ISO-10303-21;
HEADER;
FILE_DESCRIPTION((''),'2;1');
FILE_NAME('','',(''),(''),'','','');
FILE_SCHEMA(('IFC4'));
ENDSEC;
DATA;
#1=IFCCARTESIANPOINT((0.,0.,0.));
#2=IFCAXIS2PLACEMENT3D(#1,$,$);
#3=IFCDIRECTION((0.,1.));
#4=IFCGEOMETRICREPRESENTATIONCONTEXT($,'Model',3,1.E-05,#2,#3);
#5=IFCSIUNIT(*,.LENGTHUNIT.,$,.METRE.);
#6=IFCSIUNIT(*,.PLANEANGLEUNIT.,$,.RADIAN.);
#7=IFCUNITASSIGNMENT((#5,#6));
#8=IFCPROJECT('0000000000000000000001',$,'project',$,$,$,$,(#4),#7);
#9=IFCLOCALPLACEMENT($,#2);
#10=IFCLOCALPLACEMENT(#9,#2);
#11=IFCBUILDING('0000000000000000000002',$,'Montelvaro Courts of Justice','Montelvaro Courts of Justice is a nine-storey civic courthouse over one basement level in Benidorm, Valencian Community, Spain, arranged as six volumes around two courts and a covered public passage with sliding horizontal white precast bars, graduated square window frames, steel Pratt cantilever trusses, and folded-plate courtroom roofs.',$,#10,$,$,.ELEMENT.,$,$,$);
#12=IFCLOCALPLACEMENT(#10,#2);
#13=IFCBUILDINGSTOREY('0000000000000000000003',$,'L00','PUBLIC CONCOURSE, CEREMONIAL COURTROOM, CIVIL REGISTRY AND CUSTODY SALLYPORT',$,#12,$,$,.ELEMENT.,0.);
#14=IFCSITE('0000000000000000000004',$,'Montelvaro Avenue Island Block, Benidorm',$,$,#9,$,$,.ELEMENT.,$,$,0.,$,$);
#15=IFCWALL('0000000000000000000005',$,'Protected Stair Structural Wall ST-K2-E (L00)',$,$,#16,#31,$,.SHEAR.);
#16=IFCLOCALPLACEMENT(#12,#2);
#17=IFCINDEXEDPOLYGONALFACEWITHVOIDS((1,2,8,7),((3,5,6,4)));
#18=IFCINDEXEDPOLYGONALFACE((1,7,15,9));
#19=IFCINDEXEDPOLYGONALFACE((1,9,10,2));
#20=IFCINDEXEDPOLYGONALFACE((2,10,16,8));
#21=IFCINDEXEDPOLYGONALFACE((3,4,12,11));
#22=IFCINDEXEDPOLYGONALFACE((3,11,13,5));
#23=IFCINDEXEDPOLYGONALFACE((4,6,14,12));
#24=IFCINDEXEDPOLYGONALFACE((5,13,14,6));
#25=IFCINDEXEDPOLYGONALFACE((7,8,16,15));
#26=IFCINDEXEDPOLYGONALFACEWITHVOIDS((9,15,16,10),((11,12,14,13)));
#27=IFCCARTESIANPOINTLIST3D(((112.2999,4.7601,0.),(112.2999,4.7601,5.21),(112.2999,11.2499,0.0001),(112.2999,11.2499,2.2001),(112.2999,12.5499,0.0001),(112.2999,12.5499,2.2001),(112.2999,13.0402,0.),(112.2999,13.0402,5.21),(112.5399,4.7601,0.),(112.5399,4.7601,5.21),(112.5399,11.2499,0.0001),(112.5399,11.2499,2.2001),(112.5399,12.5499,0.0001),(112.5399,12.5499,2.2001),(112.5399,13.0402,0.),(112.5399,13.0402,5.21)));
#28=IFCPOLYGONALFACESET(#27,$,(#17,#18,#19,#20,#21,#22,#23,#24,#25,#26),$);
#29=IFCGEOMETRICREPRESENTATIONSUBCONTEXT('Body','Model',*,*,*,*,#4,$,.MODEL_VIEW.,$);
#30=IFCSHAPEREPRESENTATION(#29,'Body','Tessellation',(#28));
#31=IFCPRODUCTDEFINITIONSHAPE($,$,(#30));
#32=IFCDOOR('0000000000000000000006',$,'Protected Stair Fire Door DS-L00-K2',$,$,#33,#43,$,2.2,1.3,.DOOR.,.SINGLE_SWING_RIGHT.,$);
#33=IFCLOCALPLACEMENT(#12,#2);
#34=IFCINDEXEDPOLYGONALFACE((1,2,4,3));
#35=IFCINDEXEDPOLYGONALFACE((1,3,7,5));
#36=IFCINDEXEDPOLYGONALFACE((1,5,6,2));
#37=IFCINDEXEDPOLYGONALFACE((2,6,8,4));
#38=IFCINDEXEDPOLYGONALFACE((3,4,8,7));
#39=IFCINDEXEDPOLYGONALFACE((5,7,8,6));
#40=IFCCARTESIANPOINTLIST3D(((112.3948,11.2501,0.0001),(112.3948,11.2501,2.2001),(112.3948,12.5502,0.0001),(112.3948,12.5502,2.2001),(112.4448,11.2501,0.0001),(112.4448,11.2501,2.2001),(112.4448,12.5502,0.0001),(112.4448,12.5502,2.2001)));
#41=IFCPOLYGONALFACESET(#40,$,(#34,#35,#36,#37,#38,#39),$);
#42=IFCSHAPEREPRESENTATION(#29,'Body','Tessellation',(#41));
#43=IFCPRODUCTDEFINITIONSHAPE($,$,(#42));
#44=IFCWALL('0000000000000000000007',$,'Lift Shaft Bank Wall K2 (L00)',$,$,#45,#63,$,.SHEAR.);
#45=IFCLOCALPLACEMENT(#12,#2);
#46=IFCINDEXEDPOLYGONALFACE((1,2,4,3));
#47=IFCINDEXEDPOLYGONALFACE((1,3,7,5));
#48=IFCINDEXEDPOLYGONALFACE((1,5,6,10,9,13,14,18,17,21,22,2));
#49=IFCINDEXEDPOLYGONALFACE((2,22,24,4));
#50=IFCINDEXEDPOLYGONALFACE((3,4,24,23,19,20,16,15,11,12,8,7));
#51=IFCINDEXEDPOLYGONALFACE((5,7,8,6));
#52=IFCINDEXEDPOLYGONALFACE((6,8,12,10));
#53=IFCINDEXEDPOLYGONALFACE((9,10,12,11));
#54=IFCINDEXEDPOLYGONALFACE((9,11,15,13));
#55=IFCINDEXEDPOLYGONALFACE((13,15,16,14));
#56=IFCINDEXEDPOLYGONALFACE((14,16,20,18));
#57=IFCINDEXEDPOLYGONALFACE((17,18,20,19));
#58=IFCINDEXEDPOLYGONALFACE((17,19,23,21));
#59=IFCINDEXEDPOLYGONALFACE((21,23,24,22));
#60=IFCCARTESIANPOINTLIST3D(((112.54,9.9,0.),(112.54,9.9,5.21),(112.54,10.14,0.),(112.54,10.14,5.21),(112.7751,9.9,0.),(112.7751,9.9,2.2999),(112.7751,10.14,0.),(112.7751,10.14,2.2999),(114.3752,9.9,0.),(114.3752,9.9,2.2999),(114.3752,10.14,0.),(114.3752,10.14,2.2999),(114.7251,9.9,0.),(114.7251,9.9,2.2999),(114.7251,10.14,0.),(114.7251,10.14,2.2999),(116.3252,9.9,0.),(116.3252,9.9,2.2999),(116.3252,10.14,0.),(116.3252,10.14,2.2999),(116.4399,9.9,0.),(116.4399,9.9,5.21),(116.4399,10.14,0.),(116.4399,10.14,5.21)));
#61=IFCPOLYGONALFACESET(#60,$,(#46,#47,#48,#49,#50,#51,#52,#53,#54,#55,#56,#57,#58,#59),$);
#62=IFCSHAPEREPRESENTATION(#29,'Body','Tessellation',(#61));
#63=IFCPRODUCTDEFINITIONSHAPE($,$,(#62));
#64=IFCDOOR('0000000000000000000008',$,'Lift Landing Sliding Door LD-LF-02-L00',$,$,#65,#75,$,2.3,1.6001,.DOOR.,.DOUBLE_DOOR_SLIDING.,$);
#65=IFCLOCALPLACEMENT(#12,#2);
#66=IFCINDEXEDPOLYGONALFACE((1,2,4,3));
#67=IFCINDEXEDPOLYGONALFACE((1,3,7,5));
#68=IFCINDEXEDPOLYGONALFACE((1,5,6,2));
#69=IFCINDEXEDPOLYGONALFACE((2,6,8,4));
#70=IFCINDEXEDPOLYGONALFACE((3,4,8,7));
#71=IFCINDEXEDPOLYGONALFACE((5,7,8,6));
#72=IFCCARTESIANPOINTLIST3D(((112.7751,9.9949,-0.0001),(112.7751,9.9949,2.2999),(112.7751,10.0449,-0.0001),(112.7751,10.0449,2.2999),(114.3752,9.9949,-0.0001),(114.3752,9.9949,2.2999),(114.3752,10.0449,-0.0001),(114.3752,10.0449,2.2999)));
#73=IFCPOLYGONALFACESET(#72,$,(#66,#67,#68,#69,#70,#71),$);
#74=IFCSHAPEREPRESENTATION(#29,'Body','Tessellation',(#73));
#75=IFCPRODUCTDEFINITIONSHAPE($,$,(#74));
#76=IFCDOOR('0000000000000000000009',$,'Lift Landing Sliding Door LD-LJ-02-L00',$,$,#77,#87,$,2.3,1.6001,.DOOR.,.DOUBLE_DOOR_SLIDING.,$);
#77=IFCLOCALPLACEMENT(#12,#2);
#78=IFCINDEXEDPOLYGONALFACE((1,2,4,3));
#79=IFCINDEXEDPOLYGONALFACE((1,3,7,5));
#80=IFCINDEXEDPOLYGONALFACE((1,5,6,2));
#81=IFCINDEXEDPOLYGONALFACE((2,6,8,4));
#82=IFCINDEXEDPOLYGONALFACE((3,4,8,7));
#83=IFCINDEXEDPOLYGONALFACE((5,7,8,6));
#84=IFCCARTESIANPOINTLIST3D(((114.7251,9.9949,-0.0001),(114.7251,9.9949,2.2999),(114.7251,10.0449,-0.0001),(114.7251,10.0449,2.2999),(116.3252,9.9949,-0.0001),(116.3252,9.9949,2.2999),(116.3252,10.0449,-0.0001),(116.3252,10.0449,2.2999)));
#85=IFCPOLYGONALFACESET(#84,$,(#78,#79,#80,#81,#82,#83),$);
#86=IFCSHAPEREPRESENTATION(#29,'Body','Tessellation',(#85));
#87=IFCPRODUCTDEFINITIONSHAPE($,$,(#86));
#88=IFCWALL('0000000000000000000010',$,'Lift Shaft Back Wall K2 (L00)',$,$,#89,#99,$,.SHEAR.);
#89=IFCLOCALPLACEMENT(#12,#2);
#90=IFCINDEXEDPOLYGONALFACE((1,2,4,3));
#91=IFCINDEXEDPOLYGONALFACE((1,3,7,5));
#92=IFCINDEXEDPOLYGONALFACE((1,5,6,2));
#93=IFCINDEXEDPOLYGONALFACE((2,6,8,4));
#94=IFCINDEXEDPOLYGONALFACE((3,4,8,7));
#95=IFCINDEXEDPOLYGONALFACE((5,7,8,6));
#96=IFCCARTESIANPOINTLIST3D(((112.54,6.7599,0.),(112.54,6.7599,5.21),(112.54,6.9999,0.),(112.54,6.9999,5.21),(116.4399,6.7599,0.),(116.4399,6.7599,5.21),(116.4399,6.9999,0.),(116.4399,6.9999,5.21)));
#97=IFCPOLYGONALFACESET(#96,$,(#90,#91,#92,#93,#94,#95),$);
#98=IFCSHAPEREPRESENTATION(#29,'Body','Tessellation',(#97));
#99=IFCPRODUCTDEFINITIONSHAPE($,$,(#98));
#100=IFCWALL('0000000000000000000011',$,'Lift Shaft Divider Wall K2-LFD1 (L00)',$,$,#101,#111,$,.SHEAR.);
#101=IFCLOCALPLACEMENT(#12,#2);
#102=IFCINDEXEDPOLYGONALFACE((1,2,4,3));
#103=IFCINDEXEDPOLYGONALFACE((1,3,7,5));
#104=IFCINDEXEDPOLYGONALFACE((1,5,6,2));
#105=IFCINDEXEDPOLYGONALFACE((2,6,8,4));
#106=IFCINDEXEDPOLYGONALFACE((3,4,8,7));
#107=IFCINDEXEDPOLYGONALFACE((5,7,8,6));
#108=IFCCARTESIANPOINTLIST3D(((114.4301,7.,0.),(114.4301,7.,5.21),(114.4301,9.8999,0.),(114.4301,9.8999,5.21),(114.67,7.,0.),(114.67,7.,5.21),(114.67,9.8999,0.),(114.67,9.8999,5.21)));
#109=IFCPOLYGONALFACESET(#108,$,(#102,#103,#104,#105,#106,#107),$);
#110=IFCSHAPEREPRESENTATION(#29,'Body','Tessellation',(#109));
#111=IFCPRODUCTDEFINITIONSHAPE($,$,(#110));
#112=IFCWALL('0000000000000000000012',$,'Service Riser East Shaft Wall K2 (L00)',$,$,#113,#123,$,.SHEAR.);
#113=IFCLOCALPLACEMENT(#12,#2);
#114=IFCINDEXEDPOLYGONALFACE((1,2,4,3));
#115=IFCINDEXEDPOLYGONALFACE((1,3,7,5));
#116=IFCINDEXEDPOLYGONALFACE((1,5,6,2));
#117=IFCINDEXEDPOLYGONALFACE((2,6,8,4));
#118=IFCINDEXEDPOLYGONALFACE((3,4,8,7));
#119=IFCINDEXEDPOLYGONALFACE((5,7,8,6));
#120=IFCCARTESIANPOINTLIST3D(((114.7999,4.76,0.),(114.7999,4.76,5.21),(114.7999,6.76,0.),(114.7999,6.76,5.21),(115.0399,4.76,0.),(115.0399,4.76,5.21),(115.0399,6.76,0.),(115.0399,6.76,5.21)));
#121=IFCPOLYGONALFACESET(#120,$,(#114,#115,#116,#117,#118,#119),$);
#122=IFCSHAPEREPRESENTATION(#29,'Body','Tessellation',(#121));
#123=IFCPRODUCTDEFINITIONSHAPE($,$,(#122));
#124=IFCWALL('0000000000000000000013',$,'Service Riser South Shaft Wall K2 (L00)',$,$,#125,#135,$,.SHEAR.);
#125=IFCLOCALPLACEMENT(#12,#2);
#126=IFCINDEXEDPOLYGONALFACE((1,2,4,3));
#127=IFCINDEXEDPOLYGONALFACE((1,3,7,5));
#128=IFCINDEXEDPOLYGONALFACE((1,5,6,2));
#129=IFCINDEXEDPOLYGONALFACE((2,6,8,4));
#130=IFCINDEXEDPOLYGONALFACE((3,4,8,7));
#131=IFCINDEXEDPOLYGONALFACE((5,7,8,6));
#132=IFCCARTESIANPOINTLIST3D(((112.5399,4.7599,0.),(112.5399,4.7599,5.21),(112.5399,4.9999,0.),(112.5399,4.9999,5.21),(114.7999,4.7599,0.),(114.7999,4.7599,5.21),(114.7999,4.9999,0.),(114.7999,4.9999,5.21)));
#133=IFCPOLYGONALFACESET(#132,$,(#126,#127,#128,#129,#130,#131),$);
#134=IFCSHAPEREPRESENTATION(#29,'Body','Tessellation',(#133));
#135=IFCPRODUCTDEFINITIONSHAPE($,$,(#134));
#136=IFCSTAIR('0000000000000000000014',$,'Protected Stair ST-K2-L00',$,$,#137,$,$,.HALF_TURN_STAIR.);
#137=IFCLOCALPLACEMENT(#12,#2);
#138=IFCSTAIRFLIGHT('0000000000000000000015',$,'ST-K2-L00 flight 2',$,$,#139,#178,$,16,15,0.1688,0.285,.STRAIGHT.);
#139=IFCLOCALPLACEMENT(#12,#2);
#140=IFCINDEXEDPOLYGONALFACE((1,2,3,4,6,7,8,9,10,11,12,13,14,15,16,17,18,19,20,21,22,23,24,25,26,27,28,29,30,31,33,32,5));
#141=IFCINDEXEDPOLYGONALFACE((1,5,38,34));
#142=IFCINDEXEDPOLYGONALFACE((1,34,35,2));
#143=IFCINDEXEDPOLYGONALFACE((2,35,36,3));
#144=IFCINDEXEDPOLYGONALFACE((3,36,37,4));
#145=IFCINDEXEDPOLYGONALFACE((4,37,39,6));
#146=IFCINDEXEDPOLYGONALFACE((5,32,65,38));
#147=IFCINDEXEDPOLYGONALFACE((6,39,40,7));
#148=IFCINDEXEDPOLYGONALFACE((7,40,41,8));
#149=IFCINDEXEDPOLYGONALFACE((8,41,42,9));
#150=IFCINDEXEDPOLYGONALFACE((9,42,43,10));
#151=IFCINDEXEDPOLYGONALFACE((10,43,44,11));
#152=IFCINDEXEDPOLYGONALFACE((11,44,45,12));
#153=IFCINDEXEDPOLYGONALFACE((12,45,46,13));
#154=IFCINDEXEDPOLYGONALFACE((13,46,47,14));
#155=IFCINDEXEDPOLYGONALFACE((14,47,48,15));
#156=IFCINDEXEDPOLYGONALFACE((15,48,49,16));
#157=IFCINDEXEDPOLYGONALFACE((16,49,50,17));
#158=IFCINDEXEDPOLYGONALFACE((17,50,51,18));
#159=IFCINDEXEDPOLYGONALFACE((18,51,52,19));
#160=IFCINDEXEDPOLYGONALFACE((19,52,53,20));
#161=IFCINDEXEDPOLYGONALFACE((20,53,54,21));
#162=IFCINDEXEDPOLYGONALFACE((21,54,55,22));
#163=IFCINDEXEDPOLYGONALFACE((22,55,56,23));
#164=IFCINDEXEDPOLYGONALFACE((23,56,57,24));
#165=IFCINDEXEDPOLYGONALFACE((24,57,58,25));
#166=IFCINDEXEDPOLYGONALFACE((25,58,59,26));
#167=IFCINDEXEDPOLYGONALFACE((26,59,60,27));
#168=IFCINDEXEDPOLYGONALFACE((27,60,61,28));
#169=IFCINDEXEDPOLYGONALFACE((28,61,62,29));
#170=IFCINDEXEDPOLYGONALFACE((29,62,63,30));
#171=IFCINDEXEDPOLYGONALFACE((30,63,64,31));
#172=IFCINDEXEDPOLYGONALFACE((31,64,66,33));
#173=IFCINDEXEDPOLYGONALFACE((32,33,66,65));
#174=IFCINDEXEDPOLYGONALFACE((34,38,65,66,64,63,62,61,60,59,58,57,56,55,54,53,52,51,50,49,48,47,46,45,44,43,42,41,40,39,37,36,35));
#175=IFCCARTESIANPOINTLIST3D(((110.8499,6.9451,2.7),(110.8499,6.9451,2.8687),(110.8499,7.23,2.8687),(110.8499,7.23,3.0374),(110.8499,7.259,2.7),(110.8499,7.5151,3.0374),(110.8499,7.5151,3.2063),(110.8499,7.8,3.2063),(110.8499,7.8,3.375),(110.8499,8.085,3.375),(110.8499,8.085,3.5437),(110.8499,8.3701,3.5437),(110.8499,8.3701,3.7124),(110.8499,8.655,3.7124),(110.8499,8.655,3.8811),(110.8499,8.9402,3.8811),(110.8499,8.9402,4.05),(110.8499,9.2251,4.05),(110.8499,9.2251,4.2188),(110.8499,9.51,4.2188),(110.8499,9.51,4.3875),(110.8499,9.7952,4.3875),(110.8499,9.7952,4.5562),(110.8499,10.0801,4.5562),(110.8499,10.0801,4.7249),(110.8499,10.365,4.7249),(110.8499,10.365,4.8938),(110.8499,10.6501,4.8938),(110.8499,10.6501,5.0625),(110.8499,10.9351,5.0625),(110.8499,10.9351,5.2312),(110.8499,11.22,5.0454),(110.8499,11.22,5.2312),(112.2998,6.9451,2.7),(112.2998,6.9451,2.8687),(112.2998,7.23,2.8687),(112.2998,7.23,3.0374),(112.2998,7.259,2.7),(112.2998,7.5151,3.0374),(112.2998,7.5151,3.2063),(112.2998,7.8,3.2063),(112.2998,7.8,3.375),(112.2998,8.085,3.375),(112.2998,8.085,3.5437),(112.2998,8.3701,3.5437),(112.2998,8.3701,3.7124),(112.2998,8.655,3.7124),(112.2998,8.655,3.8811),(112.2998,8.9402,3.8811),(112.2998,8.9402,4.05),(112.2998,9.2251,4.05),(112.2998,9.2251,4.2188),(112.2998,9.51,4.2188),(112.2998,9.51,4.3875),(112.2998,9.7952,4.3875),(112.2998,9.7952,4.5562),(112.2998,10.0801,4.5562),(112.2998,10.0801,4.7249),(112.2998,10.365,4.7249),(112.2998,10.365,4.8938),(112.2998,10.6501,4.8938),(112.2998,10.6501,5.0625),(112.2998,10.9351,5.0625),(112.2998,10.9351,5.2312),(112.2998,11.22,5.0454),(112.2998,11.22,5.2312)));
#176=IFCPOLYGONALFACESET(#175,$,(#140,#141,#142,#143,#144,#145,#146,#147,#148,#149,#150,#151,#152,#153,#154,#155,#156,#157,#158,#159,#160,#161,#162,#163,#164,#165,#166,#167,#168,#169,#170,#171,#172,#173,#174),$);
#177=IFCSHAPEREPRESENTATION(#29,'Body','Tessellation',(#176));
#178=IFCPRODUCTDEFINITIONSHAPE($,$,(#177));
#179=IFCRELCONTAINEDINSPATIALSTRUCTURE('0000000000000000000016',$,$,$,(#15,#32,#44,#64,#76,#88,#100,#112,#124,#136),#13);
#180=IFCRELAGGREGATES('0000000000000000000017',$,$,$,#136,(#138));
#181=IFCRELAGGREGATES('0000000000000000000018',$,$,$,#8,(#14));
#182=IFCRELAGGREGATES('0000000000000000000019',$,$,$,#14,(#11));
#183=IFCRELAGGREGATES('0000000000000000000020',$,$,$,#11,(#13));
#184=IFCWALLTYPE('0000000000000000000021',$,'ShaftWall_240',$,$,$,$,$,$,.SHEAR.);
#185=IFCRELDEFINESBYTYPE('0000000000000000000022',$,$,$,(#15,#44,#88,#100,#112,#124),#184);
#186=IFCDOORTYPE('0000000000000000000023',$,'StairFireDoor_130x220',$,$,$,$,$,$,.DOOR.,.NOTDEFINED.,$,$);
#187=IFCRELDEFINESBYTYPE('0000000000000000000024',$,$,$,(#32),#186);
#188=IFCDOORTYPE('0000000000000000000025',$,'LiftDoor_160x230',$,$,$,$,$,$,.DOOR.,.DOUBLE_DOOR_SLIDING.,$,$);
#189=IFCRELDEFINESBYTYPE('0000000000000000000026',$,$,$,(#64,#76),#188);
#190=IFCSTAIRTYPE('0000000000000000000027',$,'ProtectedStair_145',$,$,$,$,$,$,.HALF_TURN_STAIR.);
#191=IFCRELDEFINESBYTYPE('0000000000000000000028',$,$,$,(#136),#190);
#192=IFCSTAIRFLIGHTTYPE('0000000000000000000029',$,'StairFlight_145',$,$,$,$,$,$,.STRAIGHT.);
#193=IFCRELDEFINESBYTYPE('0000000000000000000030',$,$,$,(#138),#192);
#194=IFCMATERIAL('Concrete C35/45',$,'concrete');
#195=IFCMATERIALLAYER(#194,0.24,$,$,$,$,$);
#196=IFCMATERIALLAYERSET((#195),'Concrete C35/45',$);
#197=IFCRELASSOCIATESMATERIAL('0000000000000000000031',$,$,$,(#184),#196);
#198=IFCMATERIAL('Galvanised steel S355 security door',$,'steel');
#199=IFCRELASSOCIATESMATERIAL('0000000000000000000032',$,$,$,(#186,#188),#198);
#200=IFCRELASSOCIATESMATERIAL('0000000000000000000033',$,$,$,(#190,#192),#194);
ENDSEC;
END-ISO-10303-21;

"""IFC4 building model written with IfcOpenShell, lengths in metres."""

from ifc_helpers import new_model, si_unit, direction, frame, frame_2d, origin, place, context, subcontext, project, spatial, polyline, rectangle, outline, extrude, material, layer, layer_set, type_object, element, fill, aggregate, save


model = new_model("IFC4")

# Units and contexts
model_context = context("Model", 3, precision=1e-05, world=origin(), true_north=direction((0.0, 1.0)))
body_context = subcontext(model_context, "Body", "Model", "MODEL_VIEW")
ifc_project = project(units=[si_unit("LENGTHUNIT", "METRE"), si_unit("PLANEANGLEUNIT", "RADIAN")], contexts=[model_context])

# Site, building, storey
site_placement = place(None, origin())
site = spatial("IfcSite", under=ifc_project, at=site_placement, Name="Montelvaro Avenue Island Block, Benidorm", CompositionType="ELEMENT", RefElevation=0.0)
building_placement = place(site_placement, origin())
building = spatial("IfcBuilding", under=site, at=building_placement, Name="Montelvaro Courts of Justice", Description="Montelvaro Courts of Justice is a nine-storey civic courthouse over one basement level in Benidorm, Valencian Community, Spain, arranged as six volumes around two courts and a covered public passage with sliding horizontal white precast bars, graduated square window frames, steel Pratt cantilever trusses, and folded-plate courtroom roofs.", CompositionType="ELEMENT")
storey_placement = place(building_placement, origin())
storey = spatial("IfcBuildingStorey", under=building, at=storey_placement, Name="L00", Description="PUBLIC CONCOURSE, CEREMONIAL COURTROOM, CIVIL REGISTRY AND CUSTODY SALLYPORT", CompositionType="ELEMENT", Elevation=0.0)

# Wall, opening, door
ifc_material_1 = material(Name="Concrete C35/45", Category="concrete")
ifc_layer_1 = layer(ifc_material_1, 0.24)
ifc_layer_set_1 = layer_set([ifc_layer_1], Name="Concrete C35/45")
wall_type_1 = type_object("IfcWallType", Name="ShaftWall_240", PredefinedType="SHEAR", material=ifc_layer_set_1)
wall_1_placement = place(storey_placement, frame((112.4199, 4.76, 0.0), z_axis=(0.0, 0.0, 1.0), x_axis=(0.0, 1.0, 0.0)))
wall_1 = element("IfcWall", 1, at=wall_1_placement, inside=storey, type_object=wall_type_1, Name="Protected Stair Structural Wall ST-K2-E (L00)", PredefinedType="SHEAR", context=body_context, shape_type="SweptSolid", body=[
    extrude(rectangle(XDim=8.28, YDim=0.24, at=frame_2d((4.1401, 0.0))), origin(), (0.0, 0.0, 1.0), 5.21),
])
opening_1_placement = place(wall_1_placement, frame((6.49, 0.0, 0.0)))
opening_1 = element("IfcOpeningElement", 2, at=opening_1_placement, cuts=wall_1, PredefinedType="OPENING", context=body_context, shape_type="SweptSolid", body=[
    extrude(rectangle(XDim=1.3, YDim=2.2, at=frame_2d((0.6499, 1.1001))), frame((0.0, 0.1348, 0.0), z_axis=(0.0, -1.0, 0.0), x_axis=(1.0, 0.0, 0.0)), (0.0, 0.0, 1.0), 0.2698),
])
ifc_material_2 = material(Name="Galvanised steel S355 security door", Category="steel")
door_type_1 = type_object("IfcDoorType", Name="StairFireDoor_130x220", OperationType="NOTDEFINED", PredefinedType="DOOR", material=ifc_material_2)
door_1_placement = place(opening_1_placement, frame((1.3, 0.0, 0.0), z_axis=(0.0, 0.0, 1.0), x_axis=(-1.0, 0.0, 0.0)))
door_1 = element("IfcDoor", 3, at=door_1_placement, inside=storey, type_object=door_type_1, Name="Protected Stair Fire Door DS-L00-K2", OperationType="SINGLE_SWING_RIGHT", OverallHeight=2.2, OverallWidth=1.3, PredefinedType="DOOR", context=body_context, shape_type="SweptSolid", body=[
    extrude(rectangle(XDim=1.3, YDim=2.2, at=frame_2d((0.6499, 1.1001))), frame((0.0, 0.0249, 0.0), z_axis=(0.0, -1.0, 0.0), x_axis=(1.0, 0.0, 0.0)), (0.0, 0.0, 1.0), 0.05),
])
fill(opening_1, door_1)

# Wall, openings, doors
wall_2_placement = place(storey_placement, frame((112.54, 10.02, 0.0), z_axis=(0.0, 0.0, 1.0), x_axis=(1.0, 0.0, 0.0)))
wall_2 = element("IfcWall", 4, at=wall_2_placement, inside=storey, type_object=wall_type_1, Name="Lift Shaft Bank Wall K2 (L00)", PredefinedType="SHEAR", context=body_context, shape_type="SweptSolid", body=[
    extrude(rectangle(XDim=3.8999, YDim=0.24, at=frame_2d((1.95, 0.0))), origin(), (0.0, 0.0, 1.0), 5.21),
])
opening_2_placement = place(wall_2_placement, frame((0.2351, 0.0, 0.0)))
opening_2 = element("IfcOpeningElement", 5, at=opening_2_placement, cuts=wall_2, PredefinedType="OPENING", context=body_context, shape_type="SweptSolid", body=[
    extrude(rectangle(XDim=1.6001, YDim=2.3, at=frame_2d((0.8, 1.1499))), frame((0.0, 0.1348, 0.0), z_axis=(0.0, -1.0, 0.0), x_axis=(1.0, 0.0, 0.0)), (0.0, 0.0, 1.0), 0.2698),
])
opening_3_placement = place(wall_2_placement, frame((2.1851, 0.0, 0.0)))
opening_3 = element("IfcOpeningElement", 6, at=opening_3_placement, cuts=wall_2, PredefinedType="OPENING", context=body_context, shape_type="SweptSolid", body=[
    extrude(rectangle(XDim=1.6001, YDim=2.3, at=frame_2d((0.8, 1.1499))), frame((0.0, 0.1348, 0.0), z_axis=(0.0, -1.0, 0.0), x_axis=(1.0, 0.0, 0.0)), (0.0, 0.0, 1.0), 0.2698),
])
door_type_2 = type_object("IfcDoorType", Name="LiftDoor_160x230", OperationType="DOUBLE_DOOR_SLIDING", PredefinedType="DOOR", material=ifc_material_2)
door_2_placement = place(opening_2_placement, origin())
door_2 = element("IfcDoor", 7, at=door_2_placement, inside=storey, type_object=door_type_2, Name="Lift Landing Sliding Door LD-LF-02-L00", OperationType="DOUBLE_DOOR_SLIDING", OverallHeight=2.3, OverallWidth=1.6001, PredefinedType="DOOR", context=body_context, shape_type="SweptSolid", body=[
    extrude(rectangle(XDim=1.6001, YDim=2.3, at=frame_2d((0.8, 1.1499))), frame((0.0, 0.0249, 0.0), z_axis=(0.0, -1.0, 0.0), x_axis=(1.0, 0.0, 0.0)), (0.0, 0.0, 1.0), 0.05),
])
fill(opening_2, door_2)
door_3_placement = place(opening_3_placement, origin())
door_3 = element("IfcDoor", 8, at=door_3_placement, inside=storey, type_object=door_type_2, Name="Lift Landing Sliding Door LD-LJ-02-L00", OperationType="DOUBLE_DOOR_SLIDING", OverallHeight=2.3, OverallWidth=1.6001, PredefinedType="DOOR", context=body_context, shape_type="SweptSolid", body=[
    extrude(rectangle(XDim=1.6001, YDim=2.3, at=frame_2d((0.8, 1.1499))), frame((0.0, 0.0249, 0.0), z_axis=(0.0, -1.0, 0.0), x_axis=(1.0, 0.0, 0.0)), (0.0, 0.0, 1.0), 0.05),
])
fill(opening_3, door_3)

# Walls
wall_3_placement = place(storey_placement, frame((112.54, 6.8799, 0.0), z_axis=(0.0, 0.0, 1.0), x_axis=(1.0, 0.0, 0.0)))
element("IfcWall", 9, at=wall_3_placement, inside=storey, type_object=wall_type_1, Name="Lift Shaft Back Wall K2 (L00)", PredefinedType="SHEAR", context=body_context, shape_type="SweptSolid", body=[
    extrude(rectangle(XDim=3.8999, YDim=0.24, at=frame_2d((1.95, 0.0))), origin(), (0.0, 0.0, 1.0), 5.21),
])
wall_4_placement = place(storey_placement, frame((114.55, 7.0, 0.0), z_axis=(0.0, 0.0, 1.0), x_axis=(0.0, 1.0, 0.0)))
element("IfcWall", 10, at=wall_4_placement, inside=storey, type_object=wall_type_1, Name="Lift Shaft Divider Wall K2-LFD1 (L00)", PredefinedType="SHEAR", context=body_context, shape_type="SweptSolid", body=[
    extrude(rectangle(XDim=2.8999, YDim=0.24, at=frame_2d((1.45, 0.0))), origin(), (0.0, 0.0, 1.0), 5.21),
])
wall_5_placement = place(storey_placement, frame((114.9199, 4.76, 0.0), z_axis=(0.0, 0.0, 1.0), x_axis=(0.0, 1.0, 0.0)))
element("IfcWall", 11, at=wall_5_placement, inside=storey, type_object=wall_type_1, Name="Service Riser East Shaft Wall K2 (L00)", PredefinedType="SHEAR", context=body_context, shape_type="SweptSolid", body=[
    extrude(rectangle(XDim=2.0, YDim=0.24, at=frame_2d((1.0, 0.0))), origin(), (0.0, 0.0, 1.0), 5.21),
])
wall_6_placement = place(storey_placement, frame((112.54, 4.8799, 0.0), z_axis=(0.0, 0.0, 1.0), x_axis=(1.0, 0.0, 0.0)))
element("IfcWall", 12, at=wall_6_placement, inside=storey, type_object=wall_type_1, Name="Service Riser South Shaft Wall K2 (L00)", PredefinedType="SHEAR", context=body_context, shape_type="SweptSolid", body=[
    extrude(rectangle(XDim=2.26, YDim=0.24, at=frame_2d((1.1299, 0.0))), origin(), (0.0, 0.0, 1.0), 5.21),
])

# Stair, stair flight
stair_type = type_object("IfcStairType", Name="ProtectedStair_145", PredefinedType="HALF_TURN_STAIR", material=ifc_material_1)
stair_placement = place(storey_placement, origin())
stair = element("IfcStair", 13, at=stair_placement, inside=storey, type_object=stair_type, Name="Protected Stair ST-K2-L00", PredefinedType="HALF_TURN_STAIR")
stair_flight_type = type_object("IfcStairFlightType", Name="StairFlight_145", PredefinedType="STRAIGHT", material=ifc_material_1)
stair_flight_placement = place(storey_placement, frame((111.575, 6.9451, 2.7), z_axis=(0.0, 0.0, 1.0), x_axis=(0.0, 1.0, 0.0)))
stair_flight = element("IfcStairFlight", 14, at=stair_flight_placement, type_object=stair_flight_type, Name="ST-K2-L00 flight 2", NumberOfRisers=16, NumberOfTreads=15, PredefinedType="STRAIGHT", RiserHeight=0.1688, TreadLength=0.285, context=body_context, shape_type="SweptSolid", body=[
    extrude(outline(polyline([(0.0, 0.0), (0.0, 0.1687), (0.2849, 0.1687), (0.2849, 0.3374), (0.5701, 0.3374), (0.5701, 0.5063), (0.855, 0.5063), (0.855, 0.675), (1.1399, 0.675), (1.1399, 0.8438), (1.425, 0.8438), (1.425, 1.0125), (1.71, 1.0125), (1.71, 1.1812), (1.9951, 1.1812), (1.9951, 1.3501), (2.28, 1.3501), (2.28, 1.5188), (2.5649, 1.5188), (2.5649, 1.6875), (2.8501, 1.6875), (2.8501, 1.8562), (3.135, 1.8562), (3.135, 2.0249), (3.4199, 2.0249), (3.4199, 2.1938), (3.7051, 2.1938), (3.7051, 2.3625), (3.99, 2.3625), (3.99, 2.5312), (4.2749, 2.5312), (4.2749, 2.7), (4.2749, 2.3455), (0.314, 0.0), (0.0, 0.0)])), frame((0.0, 0.7251, 0.0), z_axis=(0.0, -1.0, 0.0), x_axis=(1.0, 0.0, 0.0)), (0.0, 0.0, 1.0), 1.45),
])
aggregate(stair, [stair_flight])

save(model, "model.ifc")
